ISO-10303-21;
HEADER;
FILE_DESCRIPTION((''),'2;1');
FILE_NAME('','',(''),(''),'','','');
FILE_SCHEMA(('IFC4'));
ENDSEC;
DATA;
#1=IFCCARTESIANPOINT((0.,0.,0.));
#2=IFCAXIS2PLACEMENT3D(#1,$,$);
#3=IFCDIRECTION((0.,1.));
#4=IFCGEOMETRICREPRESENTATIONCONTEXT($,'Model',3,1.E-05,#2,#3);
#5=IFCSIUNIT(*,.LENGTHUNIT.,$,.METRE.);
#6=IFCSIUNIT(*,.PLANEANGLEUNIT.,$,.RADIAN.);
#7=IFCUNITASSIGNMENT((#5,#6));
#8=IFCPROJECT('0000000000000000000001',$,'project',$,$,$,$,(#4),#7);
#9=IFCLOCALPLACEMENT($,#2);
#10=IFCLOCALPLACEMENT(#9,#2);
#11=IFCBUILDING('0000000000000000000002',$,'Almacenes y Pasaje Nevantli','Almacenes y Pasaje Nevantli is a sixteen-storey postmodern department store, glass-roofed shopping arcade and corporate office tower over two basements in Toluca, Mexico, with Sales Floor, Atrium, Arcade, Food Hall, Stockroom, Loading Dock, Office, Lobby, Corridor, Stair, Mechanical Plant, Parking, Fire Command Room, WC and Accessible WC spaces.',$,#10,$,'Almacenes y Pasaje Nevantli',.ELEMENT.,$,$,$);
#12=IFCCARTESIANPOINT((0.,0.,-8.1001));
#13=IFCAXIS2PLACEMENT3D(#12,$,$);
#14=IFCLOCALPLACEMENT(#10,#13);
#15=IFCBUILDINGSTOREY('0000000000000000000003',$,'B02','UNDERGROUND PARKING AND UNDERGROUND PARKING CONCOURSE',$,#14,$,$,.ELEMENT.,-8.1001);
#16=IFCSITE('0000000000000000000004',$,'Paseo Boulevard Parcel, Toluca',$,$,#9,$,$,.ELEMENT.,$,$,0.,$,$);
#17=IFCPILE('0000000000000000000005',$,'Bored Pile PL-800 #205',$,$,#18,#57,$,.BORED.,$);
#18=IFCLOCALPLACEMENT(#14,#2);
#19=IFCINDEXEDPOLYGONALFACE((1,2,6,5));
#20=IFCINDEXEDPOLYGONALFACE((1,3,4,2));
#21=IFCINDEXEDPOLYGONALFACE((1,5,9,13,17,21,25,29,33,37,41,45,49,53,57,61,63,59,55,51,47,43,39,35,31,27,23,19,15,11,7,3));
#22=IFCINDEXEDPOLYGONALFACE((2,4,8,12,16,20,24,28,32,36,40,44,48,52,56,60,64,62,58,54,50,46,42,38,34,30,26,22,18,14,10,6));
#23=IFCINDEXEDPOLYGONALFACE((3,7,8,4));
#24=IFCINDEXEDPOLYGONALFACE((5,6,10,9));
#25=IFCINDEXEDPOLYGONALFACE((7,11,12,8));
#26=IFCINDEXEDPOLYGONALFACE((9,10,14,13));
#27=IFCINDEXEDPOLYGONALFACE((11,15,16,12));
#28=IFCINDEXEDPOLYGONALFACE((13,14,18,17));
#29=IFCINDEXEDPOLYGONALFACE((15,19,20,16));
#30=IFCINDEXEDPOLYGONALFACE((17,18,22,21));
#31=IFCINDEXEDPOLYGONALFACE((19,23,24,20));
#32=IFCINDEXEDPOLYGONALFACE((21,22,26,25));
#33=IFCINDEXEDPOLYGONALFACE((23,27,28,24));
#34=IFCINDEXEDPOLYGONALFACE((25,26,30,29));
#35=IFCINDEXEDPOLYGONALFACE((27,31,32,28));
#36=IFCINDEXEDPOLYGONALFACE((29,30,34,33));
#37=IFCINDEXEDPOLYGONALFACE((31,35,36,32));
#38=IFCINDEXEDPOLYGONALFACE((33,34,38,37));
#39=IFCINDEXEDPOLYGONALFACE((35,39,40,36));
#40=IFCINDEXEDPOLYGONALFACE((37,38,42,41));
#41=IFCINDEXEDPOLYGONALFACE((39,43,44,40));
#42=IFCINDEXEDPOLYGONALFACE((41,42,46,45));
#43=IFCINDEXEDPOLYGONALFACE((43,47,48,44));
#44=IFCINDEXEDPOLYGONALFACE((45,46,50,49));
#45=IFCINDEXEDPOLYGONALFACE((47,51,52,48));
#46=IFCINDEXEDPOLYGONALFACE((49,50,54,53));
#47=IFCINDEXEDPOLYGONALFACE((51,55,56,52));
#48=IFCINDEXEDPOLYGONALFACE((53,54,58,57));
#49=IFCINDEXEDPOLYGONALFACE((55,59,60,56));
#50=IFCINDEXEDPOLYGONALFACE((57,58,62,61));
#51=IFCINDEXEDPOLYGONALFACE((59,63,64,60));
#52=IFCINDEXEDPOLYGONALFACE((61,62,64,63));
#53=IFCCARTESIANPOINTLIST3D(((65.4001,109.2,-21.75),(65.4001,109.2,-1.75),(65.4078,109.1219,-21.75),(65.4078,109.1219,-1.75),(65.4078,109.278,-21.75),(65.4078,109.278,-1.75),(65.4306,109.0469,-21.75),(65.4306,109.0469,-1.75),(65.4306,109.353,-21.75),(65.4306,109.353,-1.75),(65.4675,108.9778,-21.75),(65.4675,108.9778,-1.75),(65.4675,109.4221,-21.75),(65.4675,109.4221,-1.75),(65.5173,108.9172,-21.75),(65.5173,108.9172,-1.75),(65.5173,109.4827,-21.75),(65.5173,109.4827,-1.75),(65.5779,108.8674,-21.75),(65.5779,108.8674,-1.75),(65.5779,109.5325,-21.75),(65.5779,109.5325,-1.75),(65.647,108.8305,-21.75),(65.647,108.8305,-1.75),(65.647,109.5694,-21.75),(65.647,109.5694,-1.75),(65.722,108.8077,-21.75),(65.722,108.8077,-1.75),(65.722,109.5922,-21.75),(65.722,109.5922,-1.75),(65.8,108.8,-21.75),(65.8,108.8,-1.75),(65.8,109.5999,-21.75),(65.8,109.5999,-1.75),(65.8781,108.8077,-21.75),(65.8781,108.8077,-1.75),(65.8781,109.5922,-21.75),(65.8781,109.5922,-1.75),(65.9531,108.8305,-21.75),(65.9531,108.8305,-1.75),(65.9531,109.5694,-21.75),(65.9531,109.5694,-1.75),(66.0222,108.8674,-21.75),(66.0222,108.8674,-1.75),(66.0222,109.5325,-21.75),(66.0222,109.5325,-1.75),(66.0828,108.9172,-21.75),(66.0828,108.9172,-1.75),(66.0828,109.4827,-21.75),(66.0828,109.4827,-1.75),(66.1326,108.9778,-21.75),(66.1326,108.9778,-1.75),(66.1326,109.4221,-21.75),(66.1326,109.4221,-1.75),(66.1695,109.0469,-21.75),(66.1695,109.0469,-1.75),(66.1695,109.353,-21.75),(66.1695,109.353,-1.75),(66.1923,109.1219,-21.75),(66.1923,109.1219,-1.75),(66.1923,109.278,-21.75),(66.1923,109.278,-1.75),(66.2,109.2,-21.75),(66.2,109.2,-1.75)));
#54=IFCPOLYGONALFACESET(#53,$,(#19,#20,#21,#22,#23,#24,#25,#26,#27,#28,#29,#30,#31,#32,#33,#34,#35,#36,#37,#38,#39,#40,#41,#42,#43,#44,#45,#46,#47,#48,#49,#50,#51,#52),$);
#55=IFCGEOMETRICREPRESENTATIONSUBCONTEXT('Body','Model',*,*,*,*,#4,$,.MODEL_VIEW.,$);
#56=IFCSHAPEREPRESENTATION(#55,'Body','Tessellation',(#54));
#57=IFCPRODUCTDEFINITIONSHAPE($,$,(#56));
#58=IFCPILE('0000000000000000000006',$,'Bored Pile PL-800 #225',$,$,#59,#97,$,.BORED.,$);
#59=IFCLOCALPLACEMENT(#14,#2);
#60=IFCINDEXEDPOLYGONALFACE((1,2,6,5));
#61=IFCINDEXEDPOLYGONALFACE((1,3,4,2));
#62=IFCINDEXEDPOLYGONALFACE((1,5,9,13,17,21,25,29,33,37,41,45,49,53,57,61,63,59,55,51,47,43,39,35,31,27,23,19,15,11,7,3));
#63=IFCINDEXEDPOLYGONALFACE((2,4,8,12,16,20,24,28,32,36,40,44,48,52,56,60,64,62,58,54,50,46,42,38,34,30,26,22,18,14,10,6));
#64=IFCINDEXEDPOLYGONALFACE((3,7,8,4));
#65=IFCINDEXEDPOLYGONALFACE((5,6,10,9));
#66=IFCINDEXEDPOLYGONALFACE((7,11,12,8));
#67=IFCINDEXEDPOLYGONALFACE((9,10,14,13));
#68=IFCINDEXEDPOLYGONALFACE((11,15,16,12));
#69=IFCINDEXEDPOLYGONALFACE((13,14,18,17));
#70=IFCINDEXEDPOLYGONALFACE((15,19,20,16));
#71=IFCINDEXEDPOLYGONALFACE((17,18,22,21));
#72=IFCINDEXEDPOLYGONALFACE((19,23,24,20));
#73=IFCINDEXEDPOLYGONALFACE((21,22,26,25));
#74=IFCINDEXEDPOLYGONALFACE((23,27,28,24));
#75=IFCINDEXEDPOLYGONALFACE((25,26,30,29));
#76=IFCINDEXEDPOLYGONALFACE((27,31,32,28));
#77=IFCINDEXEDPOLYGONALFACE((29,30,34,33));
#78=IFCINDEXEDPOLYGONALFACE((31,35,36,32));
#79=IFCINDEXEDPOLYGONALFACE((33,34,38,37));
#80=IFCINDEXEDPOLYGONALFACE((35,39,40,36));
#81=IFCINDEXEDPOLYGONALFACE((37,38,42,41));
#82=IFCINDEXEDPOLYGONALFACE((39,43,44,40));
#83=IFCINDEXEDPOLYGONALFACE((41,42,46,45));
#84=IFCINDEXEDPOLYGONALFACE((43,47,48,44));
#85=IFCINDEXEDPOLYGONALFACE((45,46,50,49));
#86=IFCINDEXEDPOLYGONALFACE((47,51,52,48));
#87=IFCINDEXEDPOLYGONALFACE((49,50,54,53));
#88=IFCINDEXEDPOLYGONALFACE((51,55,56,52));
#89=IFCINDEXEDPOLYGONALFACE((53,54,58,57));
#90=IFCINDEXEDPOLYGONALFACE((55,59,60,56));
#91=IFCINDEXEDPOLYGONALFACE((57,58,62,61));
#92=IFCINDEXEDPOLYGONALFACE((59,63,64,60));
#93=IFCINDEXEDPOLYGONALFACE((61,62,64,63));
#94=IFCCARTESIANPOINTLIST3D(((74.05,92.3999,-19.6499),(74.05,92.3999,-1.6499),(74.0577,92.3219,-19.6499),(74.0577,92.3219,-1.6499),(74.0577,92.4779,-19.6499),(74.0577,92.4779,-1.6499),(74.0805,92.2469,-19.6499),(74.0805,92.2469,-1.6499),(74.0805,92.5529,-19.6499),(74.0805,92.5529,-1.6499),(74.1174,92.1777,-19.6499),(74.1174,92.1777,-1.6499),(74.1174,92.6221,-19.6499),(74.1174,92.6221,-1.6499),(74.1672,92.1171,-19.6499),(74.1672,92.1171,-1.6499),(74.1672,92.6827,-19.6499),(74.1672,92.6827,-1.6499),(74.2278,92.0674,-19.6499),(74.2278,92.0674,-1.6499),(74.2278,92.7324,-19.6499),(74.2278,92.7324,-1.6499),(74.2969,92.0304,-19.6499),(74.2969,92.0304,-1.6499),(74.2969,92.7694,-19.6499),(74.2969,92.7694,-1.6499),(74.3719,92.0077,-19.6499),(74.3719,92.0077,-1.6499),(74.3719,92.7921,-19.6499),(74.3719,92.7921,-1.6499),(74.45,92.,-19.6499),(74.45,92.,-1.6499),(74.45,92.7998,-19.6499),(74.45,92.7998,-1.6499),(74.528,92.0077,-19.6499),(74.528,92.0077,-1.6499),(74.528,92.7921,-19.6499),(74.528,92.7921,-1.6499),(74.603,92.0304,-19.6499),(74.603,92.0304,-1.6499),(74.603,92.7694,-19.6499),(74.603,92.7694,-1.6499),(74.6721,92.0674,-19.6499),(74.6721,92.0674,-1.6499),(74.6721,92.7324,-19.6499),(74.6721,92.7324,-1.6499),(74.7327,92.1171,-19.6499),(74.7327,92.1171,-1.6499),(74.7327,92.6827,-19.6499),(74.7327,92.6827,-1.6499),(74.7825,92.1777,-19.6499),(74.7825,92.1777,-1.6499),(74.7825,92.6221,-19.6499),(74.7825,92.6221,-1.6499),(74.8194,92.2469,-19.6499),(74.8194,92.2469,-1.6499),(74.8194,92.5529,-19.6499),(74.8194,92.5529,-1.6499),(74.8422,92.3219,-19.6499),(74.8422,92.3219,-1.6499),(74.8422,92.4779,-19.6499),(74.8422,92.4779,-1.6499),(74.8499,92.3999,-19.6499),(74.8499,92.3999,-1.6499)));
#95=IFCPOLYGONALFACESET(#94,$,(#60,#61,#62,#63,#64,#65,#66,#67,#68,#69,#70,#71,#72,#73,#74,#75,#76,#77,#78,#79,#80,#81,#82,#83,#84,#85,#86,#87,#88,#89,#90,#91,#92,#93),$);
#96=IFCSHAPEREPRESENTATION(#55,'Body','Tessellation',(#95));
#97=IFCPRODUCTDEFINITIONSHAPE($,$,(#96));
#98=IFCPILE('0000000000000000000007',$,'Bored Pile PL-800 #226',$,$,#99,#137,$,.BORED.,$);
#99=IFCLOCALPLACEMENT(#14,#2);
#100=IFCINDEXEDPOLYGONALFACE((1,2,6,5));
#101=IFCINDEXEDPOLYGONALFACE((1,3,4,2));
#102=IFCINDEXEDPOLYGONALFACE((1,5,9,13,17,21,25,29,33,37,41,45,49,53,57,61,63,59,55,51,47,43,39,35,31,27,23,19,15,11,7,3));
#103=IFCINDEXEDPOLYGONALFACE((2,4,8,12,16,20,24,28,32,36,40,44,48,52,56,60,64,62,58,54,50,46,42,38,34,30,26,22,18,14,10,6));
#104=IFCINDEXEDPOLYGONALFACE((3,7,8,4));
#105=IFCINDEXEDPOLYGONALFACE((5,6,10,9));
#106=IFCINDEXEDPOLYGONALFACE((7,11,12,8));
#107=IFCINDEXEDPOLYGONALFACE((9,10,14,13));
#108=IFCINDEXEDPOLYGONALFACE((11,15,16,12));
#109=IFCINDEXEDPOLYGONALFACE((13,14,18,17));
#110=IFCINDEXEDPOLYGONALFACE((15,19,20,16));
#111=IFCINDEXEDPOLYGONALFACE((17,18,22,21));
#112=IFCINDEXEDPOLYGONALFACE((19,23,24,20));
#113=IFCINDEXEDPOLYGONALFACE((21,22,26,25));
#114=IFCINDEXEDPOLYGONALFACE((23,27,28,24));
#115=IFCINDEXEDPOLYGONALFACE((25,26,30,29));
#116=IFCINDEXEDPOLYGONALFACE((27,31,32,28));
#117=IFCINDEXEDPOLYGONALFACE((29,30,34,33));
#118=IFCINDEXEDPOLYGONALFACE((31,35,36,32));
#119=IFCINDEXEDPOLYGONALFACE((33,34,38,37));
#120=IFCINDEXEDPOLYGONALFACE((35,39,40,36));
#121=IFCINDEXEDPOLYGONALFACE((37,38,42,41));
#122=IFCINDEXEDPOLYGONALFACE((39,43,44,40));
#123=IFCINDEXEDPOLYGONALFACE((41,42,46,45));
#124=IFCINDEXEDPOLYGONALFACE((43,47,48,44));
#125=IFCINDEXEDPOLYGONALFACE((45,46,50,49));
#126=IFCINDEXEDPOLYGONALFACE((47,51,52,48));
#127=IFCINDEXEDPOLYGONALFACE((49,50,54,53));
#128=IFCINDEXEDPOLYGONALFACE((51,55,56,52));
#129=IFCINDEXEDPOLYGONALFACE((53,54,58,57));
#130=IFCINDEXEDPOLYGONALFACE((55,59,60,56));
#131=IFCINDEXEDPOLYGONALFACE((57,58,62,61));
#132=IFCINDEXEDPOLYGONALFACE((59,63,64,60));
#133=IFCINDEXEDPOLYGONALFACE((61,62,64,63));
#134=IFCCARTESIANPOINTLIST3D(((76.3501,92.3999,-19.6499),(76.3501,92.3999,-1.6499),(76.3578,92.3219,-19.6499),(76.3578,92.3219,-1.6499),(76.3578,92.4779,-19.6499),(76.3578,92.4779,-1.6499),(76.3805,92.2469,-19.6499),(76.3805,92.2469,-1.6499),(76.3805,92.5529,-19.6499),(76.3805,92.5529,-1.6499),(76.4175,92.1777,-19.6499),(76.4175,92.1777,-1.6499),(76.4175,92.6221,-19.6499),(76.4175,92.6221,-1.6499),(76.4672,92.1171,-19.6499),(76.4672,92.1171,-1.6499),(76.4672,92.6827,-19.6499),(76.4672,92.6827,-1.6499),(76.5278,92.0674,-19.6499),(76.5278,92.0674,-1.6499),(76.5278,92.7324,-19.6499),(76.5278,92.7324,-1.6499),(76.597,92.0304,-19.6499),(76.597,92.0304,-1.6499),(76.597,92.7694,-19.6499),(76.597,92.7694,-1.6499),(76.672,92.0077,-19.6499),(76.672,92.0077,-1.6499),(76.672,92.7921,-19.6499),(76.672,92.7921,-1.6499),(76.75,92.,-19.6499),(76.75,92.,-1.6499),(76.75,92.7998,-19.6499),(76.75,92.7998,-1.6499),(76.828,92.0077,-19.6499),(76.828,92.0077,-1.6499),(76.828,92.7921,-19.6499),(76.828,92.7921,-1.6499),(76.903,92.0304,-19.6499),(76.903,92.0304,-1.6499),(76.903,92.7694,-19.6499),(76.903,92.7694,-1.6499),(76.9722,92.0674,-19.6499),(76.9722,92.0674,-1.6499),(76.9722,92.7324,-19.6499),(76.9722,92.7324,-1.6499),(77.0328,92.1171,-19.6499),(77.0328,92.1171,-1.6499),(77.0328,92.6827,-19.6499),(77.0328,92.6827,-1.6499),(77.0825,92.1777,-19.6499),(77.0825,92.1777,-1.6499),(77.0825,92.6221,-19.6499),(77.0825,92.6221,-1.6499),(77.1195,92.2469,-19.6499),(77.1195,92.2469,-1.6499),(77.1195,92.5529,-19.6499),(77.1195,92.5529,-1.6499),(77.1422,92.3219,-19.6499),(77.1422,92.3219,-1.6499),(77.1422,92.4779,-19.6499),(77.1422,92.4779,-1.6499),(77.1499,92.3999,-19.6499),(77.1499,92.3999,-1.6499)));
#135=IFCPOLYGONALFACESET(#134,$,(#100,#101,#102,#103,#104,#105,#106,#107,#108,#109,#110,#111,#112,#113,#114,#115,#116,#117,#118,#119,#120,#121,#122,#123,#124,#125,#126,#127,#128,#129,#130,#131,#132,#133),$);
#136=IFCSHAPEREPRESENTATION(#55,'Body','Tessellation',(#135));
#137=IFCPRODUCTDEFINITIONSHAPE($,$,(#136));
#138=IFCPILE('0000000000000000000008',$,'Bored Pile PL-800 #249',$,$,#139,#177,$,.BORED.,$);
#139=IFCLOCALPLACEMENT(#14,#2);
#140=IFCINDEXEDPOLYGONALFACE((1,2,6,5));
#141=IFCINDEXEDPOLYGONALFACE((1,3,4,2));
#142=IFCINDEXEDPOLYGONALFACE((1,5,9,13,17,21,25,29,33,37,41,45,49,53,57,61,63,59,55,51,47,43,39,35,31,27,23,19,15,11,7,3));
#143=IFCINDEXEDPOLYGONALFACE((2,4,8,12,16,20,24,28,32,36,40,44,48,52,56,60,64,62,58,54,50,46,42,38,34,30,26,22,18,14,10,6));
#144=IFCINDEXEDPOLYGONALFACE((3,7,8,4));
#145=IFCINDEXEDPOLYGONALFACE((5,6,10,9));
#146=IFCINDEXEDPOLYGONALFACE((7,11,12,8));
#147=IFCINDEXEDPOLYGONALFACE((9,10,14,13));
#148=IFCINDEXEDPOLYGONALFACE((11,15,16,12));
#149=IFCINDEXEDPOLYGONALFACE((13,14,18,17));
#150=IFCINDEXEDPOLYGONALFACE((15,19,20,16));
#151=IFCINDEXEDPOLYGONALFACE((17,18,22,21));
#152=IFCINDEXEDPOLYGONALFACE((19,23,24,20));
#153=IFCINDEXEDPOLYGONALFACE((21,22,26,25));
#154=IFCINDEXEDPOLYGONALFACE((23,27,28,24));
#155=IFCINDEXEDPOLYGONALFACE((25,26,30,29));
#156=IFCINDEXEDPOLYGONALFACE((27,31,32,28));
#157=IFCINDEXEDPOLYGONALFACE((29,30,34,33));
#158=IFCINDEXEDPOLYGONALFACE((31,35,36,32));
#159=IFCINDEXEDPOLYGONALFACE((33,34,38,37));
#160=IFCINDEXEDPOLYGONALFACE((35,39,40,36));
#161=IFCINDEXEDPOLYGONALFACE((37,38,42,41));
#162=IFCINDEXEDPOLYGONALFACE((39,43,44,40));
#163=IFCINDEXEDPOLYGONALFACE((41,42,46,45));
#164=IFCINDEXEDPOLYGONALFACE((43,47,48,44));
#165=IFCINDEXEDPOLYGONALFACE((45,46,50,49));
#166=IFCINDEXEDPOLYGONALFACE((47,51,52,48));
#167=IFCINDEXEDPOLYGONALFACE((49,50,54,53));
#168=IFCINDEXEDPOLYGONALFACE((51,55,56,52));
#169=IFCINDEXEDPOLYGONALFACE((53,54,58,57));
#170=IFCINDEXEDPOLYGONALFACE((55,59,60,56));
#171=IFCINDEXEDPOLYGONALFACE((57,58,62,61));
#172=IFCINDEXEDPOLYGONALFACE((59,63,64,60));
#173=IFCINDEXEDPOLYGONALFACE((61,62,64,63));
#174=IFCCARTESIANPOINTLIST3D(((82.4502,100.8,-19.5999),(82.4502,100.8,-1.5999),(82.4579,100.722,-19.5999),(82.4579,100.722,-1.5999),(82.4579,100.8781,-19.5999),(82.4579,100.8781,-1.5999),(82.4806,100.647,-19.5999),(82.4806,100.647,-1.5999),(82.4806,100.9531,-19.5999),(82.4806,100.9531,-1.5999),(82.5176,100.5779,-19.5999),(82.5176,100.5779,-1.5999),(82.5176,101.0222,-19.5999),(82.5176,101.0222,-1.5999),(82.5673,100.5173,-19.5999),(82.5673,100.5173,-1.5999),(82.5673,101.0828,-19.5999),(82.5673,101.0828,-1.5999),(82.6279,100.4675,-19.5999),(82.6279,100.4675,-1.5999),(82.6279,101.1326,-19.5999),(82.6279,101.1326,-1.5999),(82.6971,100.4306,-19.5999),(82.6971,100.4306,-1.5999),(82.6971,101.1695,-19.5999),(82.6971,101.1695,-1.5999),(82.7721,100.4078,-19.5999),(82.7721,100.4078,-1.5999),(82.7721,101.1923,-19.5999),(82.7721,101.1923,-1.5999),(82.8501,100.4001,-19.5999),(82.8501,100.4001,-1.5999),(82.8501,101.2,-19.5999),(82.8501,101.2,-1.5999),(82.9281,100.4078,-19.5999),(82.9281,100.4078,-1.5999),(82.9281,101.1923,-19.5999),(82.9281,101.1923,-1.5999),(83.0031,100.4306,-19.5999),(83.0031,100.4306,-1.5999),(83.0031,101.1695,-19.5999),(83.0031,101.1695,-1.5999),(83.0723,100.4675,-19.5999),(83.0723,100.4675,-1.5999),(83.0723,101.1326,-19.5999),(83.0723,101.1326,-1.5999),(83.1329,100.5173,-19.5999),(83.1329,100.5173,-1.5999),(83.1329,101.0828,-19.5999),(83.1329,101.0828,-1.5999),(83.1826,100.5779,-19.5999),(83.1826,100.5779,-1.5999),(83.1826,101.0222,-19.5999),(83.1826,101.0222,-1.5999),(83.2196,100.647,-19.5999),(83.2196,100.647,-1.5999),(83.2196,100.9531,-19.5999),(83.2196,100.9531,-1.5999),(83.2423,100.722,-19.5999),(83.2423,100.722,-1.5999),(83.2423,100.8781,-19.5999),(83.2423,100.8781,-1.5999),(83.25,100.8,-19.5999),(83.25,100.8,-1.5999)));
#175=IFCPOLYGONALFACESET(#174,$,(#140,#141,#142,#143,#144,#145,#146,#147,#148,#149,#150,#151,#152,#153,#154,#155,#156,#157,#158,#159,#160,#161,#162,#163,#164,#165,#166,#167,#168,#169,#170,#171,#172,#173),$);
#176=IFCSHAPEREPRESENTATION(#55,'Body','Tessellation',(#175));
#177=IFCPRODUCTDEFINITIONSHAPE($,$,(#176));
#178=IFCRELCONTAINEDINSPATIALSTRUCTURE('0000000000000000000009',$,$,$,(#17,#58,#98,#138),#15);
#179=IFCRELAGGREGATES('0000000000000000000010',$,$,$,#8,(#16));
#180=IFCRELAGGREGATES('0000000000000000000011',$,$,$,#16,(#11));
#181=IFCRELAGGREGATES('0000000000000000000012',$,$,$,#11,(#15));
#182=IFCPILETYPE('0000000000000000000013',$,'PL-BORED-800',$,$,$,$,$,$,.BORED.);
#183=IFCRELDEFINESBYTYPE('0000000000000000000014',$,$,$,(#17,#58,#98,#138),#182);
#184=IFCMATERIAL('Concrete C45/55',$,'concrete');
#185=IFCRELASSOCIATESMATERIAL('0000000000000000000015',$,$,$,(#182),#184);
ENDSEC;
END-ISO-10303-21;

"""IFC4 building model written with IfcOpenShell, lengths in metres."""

from ifc_helpers import new_model, si_unit, direction, frame, origin, origin_2d, place, context, subcontext, project, spatial, circle, extrude, material, material_profile, profile_set, type_object, element, save


model = new_model("IFC4")

# Units and contexts
model_context = context("Model", 3, precision=1e-05, world=origin(), true_north=direction((0.0, 1.0)))
body_context = subcontext(model_context, "Body", "Model", "MODEL_VIEW")
ifc_project = project(units=[si_unit("LENGTHUNIT", "METRE"), si_unit("PLANEANGLEUNIT", "RADIAN")], contexts=[model_context])

# Site, building, storey
site_placement = place(None, origin())
site = spatial("IfcSite", under=ifc_project, at=site_placement, Name="Paseo Boulevard Parcel, Toluca", CompositionType="ELEMENT", RefElevation=0.0)
building_placement = place(site_placement, origin())
building = spatial("IfcBuilding", under=site, at=building_placement, Name="Almacenes y Pasaje Nevantli", Description="Almacenes y Pasaje Nevantli is a sixteen-storey postmodern department store, glass-roofed shopping arcade and corporate office tower over two basements in Toluca, Mexico, with Sales Floor, Atrium, Arcade, Food Hall, Stockroom, Loading Dock, Office, Lobby, Corridor, Stair, Mechanical Plant, Parking, Fire Command Room, WC and Accessible WC spaces.", LongName="Almacenes y Pasaje Nevantli", CompositionType="ELEMENT")
storey_placement = place(building_placement, frame((0.0, 0.0, -8.1001)))
storey = spatial("IfcBuildingStorey", under=building, at=storey_placement, Name="B02", Description="UNDERGROUND PARKING AND UNDERGROUND PARKING CONCOURSE", CompositionType="ELEMENT", Elevation=-8.1001)

# Piles
ifc_material_1 = material(Name="Concrete C45/55", Category="concrete")
ifc_material_profile_1 = material_profile(ifc_material_1, circle(Radius=0.3999, at=origin_2d()), Name="RC-PILE-D800")
ifc_profile_set_1 = profile_set([ifc_material_profile_1], Name="Concrete C45/55")
pile_type_1 = type_object("IfcPileType", Name="PL-BORED-800", PredefinedType="BORED", material=ifc_profile_set_1)
for number, where, z_axis, x_axis, name in (
    (1, (65.8, 109.2, -1.75), (0.0, 0.0, -1.0), (1.0, 0.0, 0.0), "Bored Pile PL-800 #205"),
):
    element("IfcPile", number, at=place(storey_placement, frame(where, z_axis=z_axis, x_axis=x_axis)), inside=storey, type_object=pile_type_1, Name=name, PredefinedType="BORED", context=body_context, shape_type="SweptSolid", body=[
        extrude(circle(Radius=0.3999, at=origin_2d()), origin(), (0.0, 0.0, 1.0), 20.0),
    ])
for number, where, z_axis, x_axis, name in (
    (2, (74.45, 92.3999, -1.6499), (0.0, 0.0, -1.0), (1.0, 0.0, 0.0), "Bored Pile PL-800 #225"),
    (3, (76.75, 92.3999, -1.6499), (0.0, 0.0, -1.0), (1.0, 0.0, 0.0), "Bored Pile PL-800 #226"),
    (4, (82.8501, 100.8, -1.5999), (0.0, 0.0, -1.0), (1.0, 0.0, 0.0), "Bored Pile PL-800 #249"),
):
    element("IfcPile", number, at=place(storey_placement, frame(where, z_axis=z_axis, x_axis=x_axis)), inside=storey, type_object=pile_type_1, Name=name, PredefinedType="BORED", context=body_context, shape_type="SweptSolid", body=[
        extrude(circle(Radius=0.3999, at=origin_2d()), origin(), (0.0, 0.0, 1.0), 18.0),
    ])

save(model, "model.ifc")
